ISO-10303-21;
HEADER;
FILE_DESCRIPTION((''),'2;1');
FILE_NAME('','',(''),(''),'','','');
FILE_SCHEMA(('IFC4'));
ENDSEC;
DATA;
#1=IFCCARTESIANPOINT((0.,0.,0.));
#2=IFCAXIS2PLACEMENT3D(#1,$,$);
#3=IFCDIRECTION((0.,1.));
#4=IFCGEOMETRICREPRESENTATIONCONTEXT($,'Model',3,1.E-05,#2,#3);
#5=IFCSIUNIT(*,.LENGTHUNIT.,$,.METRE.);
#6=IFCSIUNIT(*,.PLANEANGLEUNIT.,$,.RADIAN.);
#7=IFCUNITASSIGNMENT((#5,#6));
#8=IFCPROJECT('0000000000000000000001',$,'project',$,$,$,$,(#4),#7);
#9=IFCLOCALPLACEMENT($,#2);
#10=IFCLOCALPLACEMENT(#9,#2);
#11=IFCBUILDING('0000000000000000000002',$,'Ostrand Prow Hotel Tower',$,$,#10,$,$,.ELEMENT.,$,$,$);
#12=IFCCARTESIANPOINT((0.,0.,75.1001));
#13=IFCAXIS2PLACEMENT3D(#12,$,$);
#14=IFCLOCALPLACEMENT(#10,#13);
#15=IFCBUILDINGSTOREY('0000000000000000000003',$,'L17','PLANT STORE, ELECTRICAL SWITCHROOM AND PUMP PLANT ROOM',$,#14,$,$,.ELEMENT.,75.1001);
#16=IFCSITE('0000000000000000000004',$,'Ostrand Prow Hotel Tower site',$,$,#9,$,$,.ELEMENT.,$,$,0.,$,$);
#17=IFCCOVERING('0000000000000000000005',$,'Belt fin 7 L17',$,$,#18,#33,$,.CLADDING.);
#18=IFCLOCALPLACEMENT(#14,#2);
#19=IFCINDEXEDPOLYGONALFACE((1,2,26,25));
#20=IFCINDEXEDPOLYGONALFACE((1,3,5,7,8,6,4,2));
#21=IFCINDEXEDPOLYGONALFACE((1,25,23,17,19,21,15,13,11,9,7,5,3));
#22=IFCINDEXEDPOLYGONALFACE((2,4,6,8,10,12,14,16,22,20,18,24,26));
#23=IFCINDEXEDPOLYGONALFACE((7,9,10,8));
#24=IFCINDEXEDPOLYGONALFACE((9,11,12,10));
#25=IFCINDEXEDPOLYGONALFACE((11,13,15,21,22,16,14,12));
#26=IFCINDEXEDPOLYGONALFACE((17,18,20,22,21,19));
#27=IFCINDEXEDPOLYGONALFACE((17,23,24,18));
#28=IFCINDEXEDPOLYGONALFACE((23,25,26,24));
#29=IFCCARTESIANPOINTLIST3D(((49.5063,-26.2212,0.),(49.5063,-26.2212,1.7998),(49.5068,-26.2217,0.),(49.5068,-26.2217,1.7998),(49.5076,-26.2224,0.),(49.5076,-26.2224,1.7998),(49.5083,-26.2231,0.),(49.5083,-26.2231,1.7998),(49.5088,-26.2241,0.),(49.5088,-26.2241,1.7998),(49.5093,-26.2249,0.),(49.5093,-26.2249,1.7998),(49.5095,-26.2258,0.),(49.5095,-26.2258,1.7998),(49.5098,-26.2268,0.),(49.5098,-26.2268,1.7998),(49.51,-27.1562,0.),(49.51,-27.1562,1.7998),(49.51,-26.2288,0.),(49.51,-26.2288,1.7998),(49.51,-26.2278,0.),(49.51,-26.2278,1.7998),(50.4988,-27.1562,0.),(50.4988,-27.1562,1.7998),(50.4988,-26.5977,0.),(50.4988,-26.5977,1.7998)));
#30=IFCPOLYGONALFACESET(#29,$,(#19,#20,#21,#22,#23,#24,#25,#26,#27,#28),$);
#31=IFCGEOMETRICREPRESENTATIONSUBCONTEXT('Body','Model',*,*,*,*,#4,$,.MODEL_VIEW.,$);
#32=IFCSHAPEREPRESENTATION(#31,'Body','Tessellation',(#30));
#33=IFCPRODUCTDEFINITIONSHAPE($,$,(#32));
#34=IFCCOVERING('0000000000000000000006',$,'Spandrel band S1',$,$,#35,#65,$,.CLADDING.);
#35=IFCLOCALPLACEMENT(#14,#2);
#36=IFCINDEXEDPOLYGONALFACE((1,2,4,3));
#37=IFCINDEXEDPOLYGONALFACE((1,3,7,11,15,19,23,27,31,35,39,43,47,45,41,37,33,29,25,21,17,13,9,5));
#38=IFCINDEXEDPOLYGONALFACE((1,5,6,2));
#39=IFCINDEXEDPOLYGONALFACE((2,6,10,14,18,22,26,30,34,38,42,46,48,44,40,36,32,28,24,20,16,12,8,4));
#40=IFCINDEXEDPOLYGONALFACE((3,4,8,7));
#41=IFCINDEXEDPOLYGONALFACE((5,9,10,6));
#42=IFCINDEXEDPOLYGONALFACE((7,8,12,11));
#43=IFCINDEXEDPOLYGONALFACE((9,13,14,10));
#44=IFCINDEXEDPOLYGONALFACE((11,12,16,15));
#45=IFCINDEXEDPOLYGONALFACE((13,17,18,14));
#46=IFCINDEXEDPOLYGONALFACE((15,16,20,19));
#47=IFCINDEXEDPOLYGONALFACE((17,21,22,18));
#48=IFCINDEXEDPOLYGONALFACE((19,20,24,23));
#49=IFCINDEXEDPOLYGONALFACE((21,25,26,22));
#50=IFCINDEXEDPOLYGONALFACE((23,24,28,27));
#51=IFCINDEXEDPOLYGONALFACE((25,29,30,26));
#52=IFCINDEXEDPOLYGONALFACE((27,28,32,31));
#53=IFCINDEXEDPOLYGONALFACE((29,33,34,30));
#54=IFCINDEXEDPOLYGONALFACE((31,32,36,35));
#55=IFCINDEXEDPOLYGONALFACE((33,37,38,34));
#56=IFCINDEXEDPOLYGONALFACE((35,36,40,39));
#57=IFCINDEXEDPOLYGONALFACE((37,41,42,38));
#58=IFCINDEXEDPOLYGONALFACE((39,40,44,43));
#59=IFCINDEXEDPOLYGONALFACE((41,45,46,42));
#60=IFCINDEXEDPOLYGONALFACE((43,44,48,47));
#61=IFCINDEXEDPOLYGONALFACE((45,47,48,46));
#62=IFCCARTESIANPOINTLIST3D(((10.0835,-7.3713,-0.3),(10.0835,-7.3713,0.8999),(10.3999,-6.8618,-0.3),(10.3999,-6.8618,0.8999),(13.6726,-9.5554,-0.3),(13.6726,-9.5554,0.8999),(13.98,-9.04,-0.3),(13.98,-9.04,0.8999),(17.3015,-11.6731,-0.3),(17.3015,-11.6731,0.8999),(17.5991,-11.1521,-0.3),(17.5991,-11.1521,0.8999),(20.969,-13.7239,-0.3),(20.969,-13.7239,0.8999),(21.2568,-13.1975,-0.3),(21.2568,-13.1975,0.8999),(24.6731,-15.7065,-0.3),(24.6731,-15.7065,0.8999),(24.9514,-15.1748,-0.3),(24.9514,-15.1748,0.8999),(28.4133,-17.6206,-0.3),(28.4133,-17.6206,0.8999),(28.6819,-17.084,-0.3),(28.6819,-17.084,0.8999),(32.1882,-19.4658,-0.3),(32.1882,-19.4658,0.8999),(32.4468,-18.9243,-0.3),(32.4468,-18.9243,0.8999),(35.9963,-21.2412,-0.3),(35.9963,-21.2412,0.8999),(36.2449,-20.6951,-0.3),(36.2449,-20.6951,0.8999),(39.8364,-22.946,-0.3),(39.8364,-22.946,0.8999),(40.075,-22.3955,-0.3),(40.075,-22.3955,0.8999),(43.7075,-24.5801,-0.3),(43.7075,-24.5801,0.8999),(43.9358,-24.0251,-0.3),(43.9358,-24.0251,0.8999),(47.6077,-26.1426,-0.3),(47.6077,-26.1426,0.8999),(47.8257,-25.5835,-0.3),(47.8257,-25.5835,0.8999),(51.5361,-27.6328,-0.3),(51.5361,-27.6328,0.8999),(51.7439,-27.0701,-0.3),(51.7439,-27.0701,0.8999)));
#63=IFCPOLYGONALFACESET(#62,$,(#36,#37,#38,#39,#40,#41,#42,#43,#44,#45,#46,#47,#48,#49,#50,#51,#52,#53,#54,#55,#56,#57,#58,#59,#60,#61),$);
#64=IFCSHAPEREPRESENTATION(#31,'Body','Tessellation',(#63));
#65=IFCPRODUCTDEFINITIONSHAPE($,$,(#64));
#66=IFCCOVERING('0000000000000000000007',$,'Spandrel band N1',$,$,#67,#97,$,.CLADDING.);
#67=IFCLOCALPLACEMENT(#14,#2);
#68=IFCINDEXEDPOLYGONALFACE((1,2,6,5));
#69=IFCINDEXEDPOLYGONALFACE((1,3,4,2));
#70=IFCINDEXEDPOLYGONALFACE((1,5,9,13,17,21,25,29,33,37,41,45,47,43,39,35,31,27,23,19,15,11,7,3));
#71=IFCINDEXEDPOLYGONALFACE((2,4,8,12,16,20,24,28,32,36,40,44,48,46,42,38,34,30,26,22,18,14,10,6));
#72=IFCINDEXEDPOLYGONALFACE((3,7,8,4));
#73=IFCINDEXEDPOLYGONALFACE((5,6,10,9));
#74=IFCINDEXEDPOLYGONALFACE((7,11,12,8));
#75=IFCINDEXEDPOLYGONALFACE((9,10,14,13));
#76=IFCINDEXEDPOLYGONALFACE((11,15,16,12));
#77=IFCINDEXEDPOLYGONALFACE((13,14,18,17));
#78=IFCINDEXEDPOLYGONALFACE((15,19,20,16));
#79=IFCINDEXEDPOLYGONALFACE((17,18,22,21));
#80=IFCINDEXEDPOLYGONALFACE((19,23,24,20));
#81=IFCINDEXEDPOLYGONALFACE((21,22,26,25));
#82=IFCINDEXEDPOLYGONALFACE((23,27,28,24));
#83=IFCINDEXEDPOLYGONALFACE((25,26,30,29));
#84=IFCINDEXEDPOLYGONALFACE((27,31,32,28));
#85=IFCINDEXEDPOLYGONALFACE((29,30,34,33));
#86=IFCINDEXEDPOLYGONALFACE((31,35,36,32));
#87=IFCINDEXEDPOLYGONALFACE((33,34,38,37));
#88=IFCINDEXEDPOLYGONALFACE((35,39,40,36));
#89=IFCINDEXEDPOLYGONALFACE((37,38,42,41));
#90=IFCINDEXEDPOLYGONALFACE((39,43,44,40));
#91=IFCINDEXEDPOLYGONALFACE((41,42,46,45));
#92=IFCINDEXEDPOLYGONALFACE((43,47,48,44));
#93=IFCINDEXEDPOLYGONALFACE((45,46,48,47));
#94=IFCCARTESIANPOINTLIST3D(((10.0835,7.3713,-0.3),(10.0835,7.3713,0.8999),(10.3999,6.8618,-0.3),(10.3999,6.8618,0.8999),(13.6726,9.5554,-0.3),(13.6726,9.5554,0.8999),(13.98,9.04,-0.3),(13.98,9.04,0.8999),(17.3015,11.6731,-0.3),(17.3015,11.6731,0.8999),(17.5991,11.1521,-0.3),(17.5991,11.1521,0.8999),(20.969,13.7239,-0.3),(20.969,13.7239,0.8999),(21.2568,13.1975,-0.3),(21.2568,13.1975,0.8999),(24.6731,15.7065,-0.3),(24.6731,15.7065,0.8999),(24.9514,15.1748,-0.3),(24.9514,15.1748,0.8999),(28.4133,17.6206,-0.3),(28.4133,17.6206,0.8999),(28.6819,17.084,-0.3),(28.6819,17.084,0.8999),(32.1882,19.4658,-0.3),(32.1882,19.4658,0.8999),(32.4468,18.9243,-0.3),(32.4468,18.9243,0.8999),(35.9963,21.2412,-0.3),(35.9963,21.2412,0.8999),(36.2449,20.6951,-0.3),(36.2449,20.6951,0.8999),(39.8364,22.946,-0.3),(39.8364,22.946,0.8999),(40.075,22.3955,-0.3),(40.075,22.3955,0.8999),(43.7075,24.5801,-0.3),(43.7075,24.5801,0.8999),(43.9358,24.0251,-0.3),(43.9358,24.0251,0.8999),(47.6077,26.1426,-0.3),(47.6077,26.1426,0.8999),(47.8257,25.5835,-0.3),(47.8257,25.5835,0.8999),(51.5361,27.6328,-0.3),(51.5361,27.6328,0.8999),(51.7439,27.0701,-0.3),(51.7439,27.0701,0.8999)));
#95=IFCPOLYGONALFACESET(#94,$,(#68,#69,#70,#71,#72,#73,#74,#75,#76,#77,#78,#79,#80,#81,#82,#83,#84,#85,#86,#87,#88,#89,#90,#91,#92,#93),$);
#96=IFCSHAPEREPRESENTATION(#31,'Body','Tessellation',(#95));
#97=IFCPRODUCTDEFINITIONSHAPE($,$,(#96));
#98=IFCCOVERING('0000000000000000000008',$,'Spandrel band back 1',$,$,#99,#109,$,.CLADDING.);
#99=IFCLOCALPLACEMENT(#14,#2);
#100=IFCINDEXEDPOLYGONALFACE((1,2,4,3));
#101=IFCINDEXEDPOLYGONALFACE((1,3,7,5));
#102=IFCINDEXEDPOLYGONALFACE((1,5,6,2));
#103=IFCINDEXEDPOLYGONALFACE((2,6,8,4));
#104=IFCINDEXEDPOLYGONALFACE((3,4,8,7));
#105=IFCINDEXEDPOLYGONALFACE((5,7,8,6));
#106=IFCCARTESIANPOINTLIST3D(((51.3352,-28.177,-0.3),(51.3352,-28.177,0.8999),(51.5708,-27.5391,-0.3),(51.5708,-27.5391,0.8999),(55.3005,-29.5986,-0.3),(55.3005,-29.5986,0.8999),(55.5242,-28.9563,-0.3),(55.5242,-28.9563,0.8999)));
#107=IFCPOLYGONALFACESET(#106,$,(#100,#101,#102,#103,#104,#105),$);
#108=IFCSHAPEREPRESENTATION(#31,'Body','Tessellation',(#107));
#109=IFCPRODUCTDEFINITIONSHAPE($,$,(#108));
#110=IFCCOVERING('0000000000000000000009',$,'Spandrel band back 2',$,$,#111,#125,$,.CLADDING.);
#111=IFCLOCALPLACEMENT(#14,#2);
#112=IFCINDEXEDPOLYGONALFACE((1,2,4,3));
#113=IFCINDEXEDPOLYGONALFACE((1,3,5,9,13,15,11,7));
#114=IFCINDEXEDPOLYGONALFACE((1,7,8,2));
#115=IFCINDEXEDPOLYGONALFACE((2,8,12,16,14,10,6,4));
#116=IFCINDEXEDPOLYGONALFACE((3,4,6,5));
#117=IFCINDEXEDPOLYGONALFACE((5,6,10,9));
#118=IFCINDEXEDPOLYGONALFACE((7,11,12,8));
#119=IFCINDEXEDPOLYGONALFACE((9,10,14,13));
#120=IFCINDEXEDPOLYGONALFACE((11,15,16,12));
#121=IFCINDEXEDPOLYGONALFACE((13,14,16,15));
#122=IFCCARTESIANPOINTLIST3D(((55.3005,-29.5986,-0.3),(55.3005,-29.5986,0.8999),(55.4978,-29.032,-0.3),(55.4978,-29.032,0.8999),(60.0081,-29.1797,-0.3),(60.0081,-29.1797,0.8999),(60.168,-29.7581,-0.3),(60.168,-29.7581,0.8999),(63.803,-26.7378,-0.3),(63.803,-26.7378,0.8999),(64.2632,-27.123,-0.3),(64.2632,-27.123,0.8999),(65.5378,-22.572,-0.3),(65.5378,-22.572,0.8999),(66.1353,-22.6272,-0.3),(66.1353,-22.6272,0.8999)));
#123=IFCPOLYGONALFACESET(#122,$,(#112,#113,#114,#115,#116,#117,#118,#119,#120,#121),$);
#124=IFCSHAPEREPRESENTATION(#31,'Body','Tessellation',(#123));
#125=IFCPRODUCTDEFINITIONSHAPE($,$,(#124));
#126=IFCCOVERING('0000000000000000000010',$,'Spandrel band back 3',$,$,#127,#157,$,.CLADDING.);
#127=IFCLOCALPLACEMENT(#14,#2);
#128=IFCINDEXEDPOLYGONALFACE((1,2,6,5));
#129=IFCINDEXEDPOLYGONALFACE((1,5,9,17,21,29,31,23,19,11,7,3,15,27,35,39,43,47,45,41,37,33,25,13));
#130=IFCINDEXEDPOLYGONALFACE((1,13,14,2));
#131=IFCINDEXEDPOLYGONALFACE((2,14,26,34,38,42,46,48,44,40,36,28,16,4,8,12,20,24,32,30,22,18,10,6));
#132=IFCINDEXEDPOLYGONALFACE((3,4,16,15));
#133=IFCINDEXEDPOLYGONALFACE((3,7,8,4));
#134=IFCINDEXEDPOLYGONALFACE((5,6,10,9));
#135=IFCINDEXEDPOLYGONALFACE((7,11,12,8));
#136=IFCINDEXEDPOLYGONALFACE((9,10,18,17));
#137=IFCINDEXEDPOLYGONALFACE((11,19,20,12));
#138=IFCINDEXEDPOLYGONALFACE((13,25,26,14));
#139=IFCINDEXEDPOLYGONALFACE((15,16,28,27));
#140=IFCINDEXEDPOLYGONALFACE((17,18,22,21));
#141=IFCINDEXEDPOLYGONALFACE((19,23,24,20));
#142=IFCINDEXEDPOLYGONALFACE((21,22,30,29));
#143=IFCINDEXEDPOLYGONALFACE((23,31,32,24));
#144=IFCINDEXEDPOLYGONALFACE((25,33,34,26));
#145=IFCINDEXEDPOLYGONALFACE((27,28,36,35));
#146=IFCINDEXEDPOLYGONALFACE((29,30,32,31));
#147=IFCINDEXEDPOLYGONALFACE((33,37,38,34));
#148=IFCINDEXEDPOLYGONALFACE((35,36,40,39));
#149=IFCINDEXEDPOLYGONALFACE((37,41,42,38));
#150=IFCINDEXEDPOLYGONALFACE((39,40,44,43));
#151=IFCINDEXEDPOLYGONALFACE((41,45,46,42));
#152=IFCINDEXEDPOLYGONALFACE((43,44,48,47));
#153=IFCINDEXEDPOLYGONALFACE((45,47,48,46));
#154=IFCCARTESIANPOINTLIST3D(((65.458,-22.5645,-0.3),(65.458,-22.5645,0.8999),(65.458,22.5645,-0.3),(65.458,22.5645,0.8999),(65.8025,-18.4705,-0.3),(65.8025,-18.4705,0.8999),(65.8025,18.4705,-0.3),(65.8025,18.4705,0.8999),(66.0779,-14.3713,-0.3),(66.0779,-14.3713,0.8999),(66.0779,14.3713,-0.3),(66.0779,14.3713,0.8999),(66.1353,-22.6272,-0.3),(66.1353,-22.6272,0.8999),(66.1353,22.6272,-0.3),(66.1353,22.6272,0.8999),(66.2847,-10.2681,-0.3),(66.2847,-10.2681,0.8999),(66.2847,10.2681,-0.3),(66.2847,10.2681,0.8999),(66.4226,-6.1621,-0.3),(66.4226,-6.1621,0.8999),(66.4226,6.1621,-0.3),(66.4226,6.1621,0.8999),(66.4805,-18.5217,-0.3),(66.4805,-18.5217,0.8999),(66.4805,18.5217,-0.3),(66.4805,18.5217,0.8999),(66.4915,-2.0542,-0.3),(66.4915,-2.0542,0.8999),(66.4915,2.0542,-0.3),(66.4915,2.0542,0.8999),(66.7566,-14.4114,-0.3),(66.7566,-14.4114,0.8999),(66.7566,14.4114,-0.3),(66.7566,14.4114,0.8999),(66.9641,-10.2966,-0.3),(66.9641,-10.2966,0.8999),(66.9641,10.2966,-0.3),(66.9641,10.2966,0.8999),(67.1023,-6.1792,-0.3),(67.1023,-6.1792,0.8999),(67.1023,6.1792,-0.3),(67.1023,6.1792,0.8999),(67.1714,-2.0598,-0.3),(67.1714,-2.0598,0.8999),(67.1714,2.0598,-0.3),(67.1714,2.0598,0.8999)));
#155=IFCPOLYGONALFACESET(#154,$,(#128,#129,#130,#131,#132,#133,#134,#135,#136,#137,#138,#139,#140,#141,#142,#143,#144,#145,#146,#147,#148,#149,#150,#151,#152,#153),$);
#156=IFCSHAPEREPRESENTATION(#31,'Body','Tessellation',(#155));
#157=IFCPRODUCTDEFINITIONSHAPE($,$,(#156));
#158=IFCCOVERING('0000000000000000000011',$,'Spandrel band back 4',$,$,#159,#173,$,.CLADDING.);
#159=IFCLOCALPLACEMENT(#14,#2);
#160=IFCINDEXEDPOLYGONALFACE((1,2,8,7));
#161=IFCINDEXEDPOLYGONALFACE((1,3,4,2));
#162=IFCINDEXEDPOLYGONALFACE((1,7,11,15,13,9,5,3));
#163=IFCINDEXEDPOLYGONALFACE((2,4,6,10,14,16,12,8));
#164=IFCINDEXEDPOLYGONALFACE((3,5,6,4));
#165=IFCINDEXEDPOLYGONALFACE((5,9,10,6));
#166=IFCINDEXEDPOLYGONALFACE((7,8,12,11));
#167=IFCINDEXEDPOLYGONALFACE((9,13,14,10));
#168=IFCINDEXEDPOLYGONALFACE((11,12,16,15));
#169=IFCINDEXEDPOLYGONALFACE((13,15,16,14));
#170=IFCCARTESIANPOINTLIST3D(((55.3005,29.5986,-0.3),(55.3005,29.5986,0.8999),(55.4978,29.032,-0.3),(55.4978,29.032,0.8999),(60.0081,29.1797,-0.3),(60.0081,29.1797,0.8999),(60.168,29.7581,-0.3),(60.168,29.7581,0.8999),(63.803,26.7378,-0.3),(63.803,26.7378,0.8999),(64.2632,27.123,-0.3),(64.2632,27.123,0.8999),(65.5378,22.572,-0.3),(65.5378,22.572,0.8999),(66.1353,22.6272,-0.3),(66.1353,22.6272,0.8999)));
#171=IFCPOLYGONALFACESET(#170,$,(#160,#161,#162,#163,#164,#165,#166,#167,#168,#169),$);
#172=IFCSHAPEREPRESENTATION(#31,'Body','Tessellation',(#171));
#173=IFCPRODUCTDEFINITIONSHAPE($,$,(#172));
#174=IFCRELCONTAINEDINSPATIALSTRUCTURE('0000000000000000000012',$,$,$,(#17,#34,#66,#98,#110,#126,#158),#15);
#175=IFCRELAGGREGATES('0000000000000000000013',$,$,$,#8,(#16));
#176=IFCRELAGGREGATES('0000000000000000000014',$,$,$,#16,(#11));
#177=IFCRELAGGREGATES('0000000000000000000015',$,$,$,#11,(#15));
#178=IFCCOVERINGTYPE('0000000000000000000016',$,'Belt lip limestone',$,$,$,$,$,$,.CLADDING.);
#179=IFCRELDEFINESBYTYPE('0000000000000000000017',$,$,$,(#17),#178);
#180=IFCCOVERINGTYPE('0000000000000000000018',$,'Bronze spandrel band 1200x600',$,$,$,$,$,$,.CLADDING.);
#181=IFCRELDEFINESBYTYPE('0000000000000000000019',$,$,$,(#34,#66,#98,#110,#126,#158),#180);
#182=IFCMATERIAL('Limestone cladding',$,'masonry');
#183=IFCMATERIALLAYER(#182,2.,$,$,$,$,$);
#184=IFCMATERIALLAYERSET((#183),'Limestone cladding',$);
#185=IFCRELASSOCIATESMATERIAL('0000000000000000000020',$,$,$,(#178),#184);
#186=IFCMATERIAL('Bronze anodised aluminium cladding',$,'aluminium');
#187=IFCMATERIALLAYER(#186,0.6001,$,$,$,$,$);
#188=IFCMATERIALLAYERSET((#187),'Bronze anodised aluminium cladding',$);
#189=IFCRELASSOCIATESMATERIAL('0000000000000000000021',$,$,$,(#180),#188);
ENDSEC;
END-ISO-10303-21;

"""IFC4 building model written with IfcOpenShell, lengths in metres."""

from ifc_helpers import new_model, si_unit, direction, frame, origin, place, context, subcontext, project, spatial, polyline, outline, extrude, material, layer, layer_set, type_object, element, save


model = new_model("IFC4")

# Units and contexts
model_context = context("Model", 3, precision=1e-05, world=origin(), true_north=direction((0.0, 1.0)))
body_context = subcontext(model_context, "Body", "Model", "MODEL_VIEW")
ifc_project = project(units=[si_unit("LENGTHUNIT", "METRE"), si_unit("PLANEANGLEUNIT", "RADIAN")], contexts=[model_context])

# Site, building, storey
site_placement = place(None, origin())
site = spatial("IfcSite", under=ifc_project, at=site_placement, Name="Ostrand Prow Hotel Tower site", CompositionType="ELEMENT", RefElevation=0.0)
building_placement = place(site_placement, origin())
building = spatial("IfcBuilding", under=site, at=building_placement, Name="Ostrand Prow Hotel Tower", CompositionType="ELEMENT")
storey_placement = place(building_placement, frame((0.0, 0.0, 75.1001)))
storey = spatial("IfcBuildingStorey", under=building, at=storey_placement, Name="L17", Description="PLANT STORE, ELECTRICAL SWITCHROOM AND PUMP PLANT ROOM", CompositionType="ELEMENT", Elevation=75.1001)

# Coverings
ifc_material_1 = material(Name="Limestone cladding", Category="masonry")
ifc_layer_1 = layer(ifc_material_1, 2.0)
ifc_layer_set_1 = layer_set([ifc_layer_1], Name="Limestone cladding")
covering_type_1 = type_object("IfcCoveringType", Name="Belt lip limestone", PredefinedType="CLADDING", material=ifc_layer_set_1)
covering_1_placement = place(storey_placement, origin())
element("IfcCovering", 1, at=covering_1_placement, inside=storey, type_object=covering_type_1, Name="Belt fin 7 L17", PredefinedType="CLADDING", context=body_context, shape_type="SweptSolid", body=[
    extrude(outline(polyline([(49.51, -26.2288), (49.51, -27.1562), (50.4988, -27.1562), (50.4988, -26.5977), (49.5063, -26.2212), (49.5068, -26.2217), (49.5076, -26.2224), (49.5083, -26.2231), (49.5088, -26.2241), (49.5093, -26.2249), (49.5095, -26.2258), (49.5098, -26.2268), (49.51, -26.2278), (49.51, -26.2288)])), origin(), (0.0, 0.0, 1.0), 1.7998),
])
ifc_material_2 = material(Name="Bronze anodised aluminium cladding", Category="aluminium")
ifc_layer_2 = layer(ifc_material_2, 0.6001)
ifc_layer_set_2 = layer_set([ifc_layer_2], Name="Bronze anodised aluminium cladding")
covering_type_2 = type_object("IfcCoveringType", Name="Bronze spandrel band 1200x600", PredefinedType="CLADDING", material=ifc_layer_set_2)
covering_2_placement = place(storey_placement, frame((0.0, 0.0, -0.3)))
element("IfcCovering", 2, at=covering_2_placement, inside=storey, type_object=covering_type_2, Name="Spandrel band S1", PredefinedType="CLADDING", context=body_context, shape_type="SweptSolid", body=[
    extrude(outline(polyline([(10.0835, -7.3713), (13.6726, -9.5554), (17.3015, -11.6731), (20.969, -13.7239), (24.6731, -15.7065), (28.4133, -17.6206), (32.1882, -19.4658), (35.9963, -21.2412), (39.8364, -22.946), (43.7075, -24.5801), (47.6077, -26.1426), (51.5361, -27.6328), (51.7439, -27.0701), (47.8257, -25.5835), (43.9358, -24.0251), (40.075, -22.3955), (36.2449, -20.6951), (32.4468, -18.9243), (28.6819, -17.084), (24.9514, -15.1748), (21.2568, -13.1975), (17.5991, -11.1521), (13.98, -9.04), (10.3999, -6.8618), (10.0835, -7.3713)])), origin(), (0.0, 0.0, 1.0), 1.2),
])
covering_3_placement = place(storey_placement, frame((0.0, 0.0, -0.3)))
element("IfcCovering", 3, at=covering_3_placement, inside=storey, type_object=covering_type_2, Name="Spandrel band N1", PredefinedType="CLADDING", context=body_context, shape_type="SweptSolid", body=[
    extrude(outline(polyline([(51.5361, 27.6328), (47.6077, 26.1426), (43.7075, 24.5801), (39.8364, 22.946), (35.9963, 21.2412), (32.1882, 19.4658), (28.4133, 17.6206), (24.6731, 15.7065), (20.969, 13.7239), (17.3015, 11.6731), (13.6726, 9.5554), (10.0835, 7.3713), (10.3999, 6.8618), (13.98, 9.04), (17.5991, 11.1521), (21.2568, 13.1975), (24.9514, 15.1748), (28.6819, 17.084), (32.4468, 18.9243), (36.2449, 20.6951), (40.075, 22.3955), (43.9358, 24.0251), (47.8257, 25.5835), (51.7439, 27.0701), (51.5361, 27.6328)])), origin(), (0.0, 0.0, 1.0), 1.2),
])
covering_4_placement = place(storey_placement, frame((0.0, 0.0, -0.3)))
element("IfcCovering", 4, at=covering_4_placement, inside=storey, type_object=covering_type_2, Name="Spandrel band back 1", PredefinedType="CLADDING", context=body_context, shape_type="SweptSolid", body=[
    extrude(outline(polyline([(51.3352, -28.177), (55.3005, -29.5986), (55.5242, -28.9563), (51.5708, -27.5391), (51.3352, -28.177)])), origin(), (0.0, 0.0, 1.0), 1.2),
])
covering_5_placement = place(storey_placement, frame((0.0, 0.0, -0.3)))
element("IfcCovering", 5, at=covering_5_placement, inside=storey, type_object=covering_type_2, Name="Spandrel band back 2", PredefinedType="CLADDING", context=body_context, shape_type="SweptSolid", body=[
    extrude(outline(polyline([(55.3005, -29.5986), (60.168, -29.7581), (64.2632, -27.123), (66.1353, -22.6272), (65.5378, -22.572), (63.803, -26.7378), (60.0081, -29.1797), (55.4978, -29.032), (55.3005, -29.5986)])), origin(), (0.0, 0.0, 1.0), 1.2),
])
covering_6_placement = place(storey_placement, frame((0.0, 0.0, -0.3)))
element("IfcCovering", 6, at=covering_6_placement, inside=storey, type_object=covering_type_2, Name="Spandrel band back 3", PredefinedType="CLADDING", context=body_context, shape_type="SweptSolid", body=[
    extrude(outline(polyline([(66.1353, -22.6272), (66.4805, -18.5217), (66.7566, -14.4114), (66.9641, -10.2966), (67.1023, -6.1792), (67.1714, -2.0598), (67.1714, 2.0598), (67.1023, 6.1792), (66.9641, 10.2966), (66.7566, 14.4114), (66.4805, 18.5217), (66.1353, 22.6272), (65.458, 22.5645), (65.8025, 18.4705), (66.0779, 14.3713), (66.2847, 10.2681), (66.4226, 6.1621), (66.4915, 2.0542), (66.4915, -2.0542), (66.4226, -6.1621), (66.2847, -10.2681), (66.0779, -14.3713), (65.8025, -18.4705), (65.458, -22.5645), (66.1353, -22.6272)])), origin(), (0.0, 0.0, 1.0), 1.2),
])
covering_7_placement = place(storey_placement, frame((0.0, 0.0, -0.3)))
element("IfcCovering", 7, at=covering_7_placement, inside=storey, type_object=covering_type_2, Name="Spandrel band back 4", PredefinedType="CLADDING", context=body_context, shape_type="SweptSolid", body=[
    extrude(outline(polyline([(66.1353, 22.6272), (64.2632, 27.123), (60.168, 29.7581), (55.3005, 29.5986), (55.4978, 29.032), (60.0081, 29.1797), (63.803, 26.7378), (65.5378, 22.572), (66.1353, 22.6272)])), origin(), (0.0, 0.0, 1.0), 1.2),
])

save(model, "model.ifc")
